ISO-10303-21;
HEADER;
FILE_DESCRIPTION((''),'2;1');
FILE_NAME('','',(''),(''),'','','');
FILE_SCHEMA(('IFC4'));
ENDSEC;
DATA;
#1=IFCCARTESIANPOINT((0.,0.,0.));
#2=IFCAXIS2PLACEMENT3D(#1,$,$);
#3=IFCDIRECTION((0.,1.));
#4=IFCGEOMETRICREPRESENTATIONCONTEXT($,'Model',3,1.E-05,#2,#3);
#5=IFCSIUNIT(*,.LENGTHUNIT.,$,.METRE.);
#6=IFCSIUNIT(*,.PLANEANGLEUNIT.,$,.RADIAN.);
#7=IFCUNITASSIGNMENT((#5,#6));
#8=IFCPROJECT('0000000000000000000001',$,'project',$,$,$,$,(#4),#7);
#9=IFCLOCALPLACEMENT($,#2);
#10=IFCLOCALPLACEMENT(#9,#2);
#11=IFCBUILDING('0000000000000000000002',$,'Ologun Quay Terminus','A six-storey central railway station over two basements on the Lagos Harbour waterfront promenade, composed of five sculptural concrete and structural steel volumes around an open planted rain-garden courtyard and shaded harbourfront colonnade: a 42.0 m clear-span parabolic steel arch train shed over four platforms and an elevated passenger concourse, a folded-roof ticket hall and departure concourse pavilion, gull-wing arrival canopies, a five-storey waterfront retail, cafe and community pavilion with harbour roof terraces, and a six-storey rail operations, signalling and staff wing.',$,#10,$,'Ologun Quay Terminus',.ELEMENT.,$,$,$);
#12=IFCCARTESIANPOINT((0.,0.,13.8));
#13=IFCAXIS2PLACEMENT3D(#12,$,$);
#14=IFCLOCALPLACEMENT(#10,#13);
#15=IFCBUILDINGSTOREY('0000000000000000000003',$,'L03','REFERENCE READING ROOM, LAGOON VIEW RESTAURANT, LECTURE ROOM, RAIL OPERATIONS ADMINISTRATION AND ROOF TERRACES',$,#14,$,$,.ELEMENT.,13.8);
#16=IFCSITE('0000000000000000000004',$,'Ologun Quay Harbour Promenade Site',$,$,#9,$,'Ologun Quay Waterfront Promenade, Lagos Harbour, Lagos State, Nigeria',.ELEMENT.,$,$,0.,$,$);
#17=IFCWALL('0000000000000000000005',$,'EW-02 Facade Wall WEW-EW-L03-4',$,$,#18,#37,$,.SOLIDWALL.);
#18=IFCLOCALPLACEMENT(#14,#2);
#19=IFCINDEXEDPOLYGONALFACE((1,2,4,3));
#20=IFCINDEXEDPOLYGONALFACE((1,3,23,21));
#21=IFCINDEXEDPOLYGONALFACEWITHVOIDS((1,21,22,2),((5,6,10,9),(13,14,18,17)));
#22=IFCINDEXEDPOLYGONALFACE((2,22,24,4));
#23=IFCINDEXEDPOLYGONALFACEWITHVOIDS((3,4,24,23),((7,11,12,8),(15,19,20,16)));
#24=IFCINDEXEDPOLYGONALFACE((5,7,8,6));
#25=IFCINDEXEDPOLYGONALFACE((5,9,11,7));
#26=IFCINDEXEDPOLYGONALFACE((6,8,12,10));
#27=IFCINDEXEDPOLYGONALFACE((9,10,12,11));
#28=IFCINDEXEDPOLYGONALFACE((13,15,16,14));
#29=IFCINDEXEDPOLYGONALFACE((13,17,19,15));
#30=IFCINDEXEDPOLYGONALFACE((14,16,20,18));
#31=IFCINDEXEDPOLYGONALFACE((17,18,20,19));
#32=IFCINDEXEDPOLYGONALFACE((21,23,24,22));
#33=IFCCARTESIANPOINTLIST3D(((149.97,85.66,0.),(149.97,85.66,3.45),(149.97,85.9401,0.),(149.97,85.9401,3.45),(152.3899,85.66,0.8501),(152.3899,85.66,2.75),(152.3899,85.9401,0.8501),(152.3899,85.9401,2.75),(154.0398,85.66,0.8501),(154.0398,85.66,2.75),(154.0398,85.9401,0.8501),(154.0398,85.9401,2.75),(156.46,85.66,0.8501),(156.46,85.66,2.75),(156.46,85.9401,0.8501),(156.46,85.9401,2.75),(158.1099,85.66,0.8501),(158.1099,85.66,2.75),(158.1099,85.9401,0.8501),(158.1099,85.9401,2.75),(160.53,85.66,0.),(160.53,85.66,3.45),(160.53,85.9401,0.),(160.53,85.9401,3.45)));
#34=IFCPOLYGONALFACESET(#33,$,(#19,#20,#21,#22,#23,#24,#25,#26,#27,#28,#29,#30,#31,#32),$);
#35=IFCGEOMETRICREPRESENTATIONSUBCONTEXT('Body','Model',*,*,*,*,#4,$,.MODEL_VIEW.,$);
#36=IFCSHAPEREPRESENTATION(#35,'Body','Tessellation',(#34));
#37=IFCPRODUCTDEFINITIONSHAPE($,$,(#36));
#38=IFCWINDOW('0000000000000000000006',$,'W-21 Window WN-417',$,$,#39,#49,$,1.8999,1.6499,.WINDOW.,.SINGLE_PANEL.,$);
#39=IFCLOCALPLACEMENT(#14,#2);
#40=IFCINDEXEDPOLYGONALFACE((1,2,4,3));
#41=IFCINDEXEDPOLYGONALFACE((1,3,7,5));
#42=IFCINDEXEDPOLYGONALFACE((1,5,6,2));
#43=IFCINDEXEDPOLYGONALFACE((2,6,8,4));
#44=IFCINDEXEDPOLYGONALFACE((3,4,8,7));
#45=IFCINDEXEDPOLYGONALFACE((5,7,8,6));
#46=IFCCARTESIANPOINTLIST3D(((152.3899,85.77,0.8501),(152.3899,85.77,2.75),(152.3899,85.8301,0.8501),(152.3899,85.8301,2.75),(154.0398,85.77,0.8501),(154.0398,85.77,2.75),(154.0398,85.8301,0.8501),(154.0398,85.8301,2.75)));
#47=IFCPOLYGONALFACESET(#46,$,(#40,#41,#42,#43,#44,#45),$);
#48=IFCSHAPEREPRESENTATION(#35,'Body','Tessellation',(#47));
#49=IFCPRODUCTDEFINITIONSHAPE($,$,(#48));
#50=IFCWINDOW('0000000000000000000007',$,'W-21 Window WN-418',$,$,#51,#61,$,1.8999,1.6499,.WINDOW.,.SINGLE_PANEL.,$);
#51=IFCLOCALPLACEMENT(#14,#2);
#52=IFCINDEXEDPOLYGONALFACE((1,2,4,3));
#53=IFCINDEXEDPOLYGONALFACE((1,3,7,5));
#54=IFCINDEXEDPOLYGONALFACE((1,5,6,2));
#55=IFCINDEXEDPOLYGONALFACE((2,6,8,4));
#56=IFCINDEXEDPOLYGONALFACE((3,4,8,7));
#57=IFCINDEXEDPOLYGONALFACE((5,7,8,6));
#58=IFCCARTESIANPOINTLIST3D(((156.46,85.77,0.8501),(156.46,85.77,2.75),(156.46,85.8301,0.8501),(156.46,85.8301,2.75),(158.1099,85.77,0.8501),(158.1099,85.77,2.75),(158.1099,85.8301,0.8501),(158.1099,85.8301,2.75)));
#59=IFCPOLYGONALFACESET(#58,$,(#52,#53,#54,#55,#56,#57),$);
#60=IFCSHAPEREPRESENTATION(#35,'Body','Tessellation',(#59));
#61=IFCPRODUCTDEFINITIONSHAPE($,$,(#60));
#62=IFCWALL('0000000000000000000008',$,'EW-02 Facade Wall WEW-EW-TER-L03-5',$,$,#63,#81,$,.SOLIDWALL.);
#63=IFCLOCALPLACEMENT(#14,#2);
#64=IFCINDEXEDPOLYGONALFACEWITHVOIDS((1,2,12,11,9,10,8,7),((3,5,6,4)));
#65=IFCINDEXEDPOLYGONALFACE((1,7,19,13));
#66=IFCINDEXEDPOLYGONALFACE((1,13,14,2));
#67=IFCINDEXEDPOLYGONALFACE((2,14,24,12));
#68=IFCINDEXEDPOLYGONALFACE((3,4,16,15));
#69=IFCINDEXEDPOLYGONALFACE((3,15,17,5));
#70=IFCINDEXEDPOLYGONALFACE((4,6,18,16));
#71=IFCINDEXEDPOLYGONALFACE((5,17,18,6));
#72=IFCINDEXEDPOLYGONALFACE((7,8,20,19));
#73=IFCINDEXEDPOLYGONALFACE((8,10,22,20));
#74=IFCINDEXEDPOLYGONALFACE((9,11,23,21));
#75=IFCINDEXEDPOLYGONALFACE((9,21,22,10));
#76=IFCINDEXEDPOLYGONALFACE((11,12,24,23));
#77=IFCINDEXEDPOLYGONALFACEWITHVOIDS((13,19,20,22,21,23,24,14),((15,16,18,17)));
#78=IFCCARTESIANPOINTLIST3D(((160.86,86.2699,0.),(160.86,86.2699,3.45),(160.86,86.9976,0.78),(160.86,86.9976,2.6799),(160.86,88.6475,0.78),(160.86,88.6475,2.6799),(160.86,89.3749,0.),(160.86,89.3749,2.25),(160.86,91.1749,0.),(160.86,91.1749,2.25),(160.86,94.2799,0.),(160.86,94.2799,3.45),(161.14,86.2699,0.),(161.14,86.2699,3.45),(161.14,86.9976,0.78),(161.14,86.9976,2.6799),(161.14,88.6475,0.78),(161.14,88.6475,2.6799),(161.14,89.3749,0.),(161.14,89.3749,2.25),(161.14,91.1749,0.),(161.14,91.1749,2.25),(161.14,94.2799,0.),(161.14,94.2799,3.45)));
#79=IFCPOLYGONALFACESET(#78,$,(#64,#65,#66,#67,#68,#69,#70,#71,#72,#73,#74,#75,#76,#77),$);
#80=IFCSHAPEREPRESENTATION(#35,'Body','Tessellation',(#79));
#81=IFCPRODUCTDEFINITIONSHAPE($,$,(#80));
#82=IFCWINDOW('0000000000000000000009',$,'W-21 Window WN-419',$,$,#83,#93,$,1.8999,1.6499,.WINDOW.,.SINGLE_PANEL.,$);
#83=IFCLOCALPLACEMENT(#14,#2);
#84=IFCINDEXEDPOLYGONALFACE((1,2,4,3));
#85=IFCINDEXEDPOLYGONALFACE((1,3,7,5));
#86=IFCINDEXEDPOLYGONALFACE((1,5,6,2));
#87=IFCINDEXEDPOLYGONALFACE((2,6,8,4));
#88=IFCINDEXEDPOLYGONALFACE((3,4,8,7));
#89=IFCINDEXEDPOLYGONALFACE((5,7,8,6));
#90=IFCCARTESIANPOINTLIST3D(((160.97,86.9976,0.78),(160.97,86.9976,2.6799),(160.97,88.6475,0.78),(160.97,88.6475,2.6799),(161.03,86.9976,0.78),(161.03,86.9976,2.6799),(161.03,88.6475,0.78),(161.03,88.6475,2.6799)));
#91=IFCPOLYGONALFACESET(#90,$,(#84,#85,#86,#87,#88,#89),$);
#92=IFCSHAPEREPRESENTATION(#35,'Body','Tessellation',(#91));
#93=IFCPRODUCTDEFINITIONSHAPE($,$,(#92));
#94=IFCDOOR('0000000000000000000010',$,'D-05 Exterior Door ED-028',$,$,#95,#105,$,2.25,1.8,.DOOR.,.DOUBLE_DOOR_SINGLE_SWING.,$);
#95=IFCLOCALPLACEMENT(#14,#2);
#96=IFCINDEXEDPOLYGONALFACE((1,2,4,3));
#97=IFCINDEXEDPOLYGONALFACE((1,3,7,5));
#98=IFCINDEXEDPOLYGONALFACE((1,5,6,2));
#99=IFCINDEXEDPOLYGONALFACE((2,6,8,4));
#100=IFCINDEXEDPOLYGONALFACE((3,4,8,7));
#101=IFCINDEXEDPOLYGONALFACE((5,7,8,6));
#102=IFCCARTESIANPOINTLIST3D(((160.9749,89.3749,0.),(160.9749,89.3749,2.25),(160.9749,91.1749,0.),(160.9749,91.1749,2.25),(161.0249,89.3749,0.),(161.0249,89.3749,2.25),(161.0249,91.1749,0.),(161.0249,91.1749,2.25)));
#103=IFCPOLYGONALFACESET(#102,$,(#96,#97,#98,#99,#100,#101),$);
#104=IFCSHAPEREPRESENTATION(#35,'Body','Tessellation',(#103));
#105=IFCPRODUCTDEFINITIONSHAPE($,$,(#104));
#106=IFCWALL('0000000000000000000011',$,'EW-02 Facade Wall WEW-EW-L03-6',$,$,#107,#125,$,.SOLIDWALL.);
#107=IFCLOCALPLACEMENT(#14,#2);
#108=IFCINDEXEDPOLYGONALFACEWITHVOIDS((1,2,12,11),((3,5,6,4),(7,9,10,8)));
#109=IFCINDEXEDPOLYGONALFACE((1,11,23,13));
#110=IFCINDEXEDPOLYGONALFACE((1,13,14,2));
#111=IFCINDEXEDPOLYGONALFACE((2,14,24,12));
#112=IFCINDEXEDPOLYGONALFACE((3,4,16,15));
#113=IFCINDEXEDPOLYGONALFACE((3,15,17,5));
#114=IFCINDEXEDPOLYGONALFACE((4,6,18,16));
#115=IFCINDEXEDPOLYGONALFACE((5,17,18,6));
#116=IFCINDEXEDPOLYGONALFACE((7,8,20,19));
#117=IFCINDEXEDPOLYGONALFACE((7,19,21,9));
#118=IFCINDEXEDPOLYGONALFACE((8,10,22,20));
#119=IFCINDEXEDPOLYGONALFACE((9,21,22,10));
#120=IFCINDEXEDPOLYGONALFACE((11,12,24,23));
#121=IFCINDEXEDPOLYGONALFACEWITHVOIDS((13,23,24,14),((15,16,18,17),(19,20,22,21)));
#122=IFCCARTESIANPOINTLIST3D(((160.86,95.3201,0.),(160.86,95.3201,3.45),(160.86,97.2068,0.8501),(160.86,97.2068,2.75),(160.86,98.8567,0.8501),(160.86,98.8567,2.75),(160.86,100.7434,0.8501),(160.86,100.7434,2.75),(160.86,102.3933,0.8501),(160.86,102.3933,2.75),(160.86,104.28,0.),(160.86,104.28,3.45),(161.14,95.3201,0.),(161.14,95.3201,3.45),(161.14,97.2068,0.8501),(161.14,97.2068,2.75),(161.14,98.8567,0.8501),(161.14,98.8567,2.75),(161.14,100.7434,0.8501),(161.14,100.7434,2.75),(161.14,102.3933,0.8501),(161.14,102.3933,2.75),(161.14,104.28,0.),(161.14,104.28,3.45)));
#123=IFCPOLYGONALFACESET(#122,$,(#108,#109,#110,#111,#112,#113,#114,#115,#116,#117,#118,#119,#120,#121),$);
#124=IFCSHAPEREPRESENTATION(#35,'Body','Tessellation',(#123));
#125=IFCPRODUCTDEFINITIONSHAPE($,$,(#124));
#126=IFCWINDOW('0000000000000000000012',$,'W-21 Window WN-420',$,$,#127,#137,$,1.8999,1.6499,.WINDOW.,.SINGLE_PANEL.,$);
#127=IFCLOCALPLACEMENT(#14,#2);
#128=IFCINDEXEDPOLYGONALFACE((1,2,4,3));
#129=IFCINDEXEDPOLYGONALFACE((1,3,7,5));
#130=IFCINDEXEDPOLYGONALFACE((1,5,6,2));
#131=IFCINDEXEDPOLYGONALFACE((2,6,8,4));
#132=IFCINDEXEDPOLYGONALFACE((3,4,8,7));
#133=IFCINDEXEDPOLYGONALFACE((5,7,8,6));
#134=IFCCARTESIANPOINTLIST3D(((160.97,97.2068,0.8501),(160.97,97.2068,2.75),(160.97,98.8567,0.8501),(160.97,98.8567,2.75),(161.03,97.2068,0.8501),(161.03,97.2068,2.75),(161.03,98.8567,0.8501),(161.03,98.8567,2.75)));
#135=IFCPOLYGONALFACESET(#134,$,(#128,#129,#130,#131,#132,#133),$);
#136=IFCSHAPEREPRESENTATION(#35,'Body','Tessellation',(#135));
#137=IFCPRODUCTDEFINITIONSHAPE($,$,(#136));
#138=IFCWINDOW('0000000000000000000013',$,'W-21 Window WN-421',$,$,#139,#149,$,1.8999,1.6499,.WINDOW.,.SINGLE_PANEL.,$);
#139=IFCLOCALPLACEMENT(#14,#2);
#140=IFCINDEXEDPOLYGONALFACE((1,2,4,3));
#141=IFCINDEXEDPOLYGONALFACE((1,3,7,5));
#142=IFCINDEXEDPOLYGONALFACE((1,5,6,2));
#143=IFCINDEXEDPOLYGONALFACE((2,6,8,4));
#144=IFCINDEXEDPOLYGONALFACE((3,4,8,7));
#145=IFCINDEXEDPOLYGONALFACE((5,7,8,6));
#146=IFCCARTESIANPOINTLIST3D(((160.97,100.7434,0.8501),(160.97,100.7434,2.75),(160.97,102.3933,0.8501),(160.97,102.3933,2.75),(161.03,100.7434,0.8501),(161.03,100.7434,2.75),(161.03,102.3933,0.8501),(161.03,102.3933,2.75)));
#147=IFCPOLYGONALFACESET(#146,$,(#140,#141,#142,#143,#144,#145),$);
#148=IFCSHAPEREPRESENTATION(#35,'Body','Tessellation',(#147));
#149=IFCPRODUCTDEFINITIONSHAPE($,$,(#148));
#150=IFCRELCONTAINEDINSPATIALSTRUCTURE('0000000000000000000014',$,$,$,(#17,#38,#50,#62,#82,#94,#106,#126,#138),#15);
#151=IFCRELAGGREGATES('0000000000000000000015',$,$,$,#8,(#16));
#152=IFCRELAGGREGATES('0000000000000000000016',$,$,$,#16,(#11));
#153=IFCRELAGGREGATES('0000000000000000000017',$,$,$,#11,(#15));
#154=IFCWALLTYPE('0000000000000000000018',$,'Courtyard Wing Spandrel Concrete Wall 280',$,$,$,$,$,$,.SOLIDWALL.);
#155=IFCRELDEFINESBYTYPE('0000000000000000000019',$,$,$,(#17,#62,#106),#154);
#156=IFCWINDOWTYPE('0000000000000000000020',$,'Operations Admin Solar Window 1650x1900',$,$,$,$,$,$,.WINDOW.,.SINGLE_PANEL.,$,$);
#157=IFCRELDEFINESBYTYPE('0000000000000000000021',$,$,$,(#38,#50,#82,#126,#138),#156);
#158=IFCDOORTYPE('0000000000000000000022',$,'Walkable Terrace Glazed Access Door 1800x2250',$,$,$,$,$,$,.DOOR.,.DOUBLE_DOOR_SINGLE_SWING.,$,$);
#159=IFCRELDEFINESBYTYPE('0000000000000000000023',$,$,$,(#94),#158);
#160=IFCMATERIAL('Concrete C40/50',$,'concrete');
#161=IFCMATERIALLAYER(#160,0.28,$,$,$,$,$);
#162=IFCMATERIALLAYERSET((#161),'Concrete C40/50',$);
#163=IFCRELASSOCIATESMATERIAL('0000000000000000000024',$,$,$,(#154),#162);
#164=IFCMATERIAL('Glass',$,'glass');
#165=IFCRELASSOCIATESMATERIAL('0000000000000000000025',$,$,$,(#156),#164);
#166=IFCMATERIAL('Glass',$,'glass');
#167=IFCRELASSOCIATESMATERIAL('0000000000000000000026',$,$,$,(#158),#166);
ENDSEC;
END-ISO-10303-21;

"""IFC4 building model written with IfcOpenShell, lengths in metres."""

from ifc_helpers import new_model, si_unit, direction, frame, frame_2d, origin, place, context, subcontext, project, spatial, rectangle, extrude, material, layer, layer_set, type_object, element, fill, save


model = new_model("IFC4")

# Units and contexts
model_context = context("Model", 3, precision=1e-05, world=origin(), true_north=direction((0.0, 1.0)))
body_context = subcontext(model_context, "Body", "Model", "MODEL_VIEW")
ifc_project = project(units=[si_unit("LENGTHUNIT", "METRE"), si_unit("PLANEANGLEUNIT", "RADIAN")], contexts=[model_context])

# Site, building, storey
site_placement = place(None, origin())
site = spatial("IfcSite", under=ifc_project, at=site_placement, Name="Ologun Quay Harbour Promenade Site", LongName="Ologun Quay Waterfront Promenade, Lagos Harbour, Lagos State, Nigeria", CompositionType="ELEMENT", RefElevation=0.0)
building_placement = place(site_placement, origin())
building = spatial("IfcBuilding", under=site, at=building_placement, Name="Ologun Quay Terminus", Description="A six-storey central railway station over two basements on the Lagos Harbour waterfront promenade, composed of five sculptural concrete and structural steel volumes around an open planted rain-garden courtyard and shaded harbourfront colonnade: a 42.0 m clear-span parabolic steel arch train shed over four platforms and an elevated passenger concourse, a folded-roof ticket hall and departure concourse pavilion, gull-wing arrival canopies, a five-storey waterfront retail, cafe and community pavilion with harbour roof terraces, and a six-storey rail operations, signalling and staff wing.", LongName="Ologun Quay Terminus", CompositionType="ELEMENT")
storey_placement = place(building_placement, frame((0.0, 0.0, 13.8)))
storey = spatial("IfcBuildingStorey", under=building, at=storey_placement, Name="L03", Description="REFERENCE READING ROOM, LAGOON VIEW RESTAURANT, LECTURE ROOM, RAIL OPERATIONS ADMINISTRATION AND ROOF TERRACES", CompositionType="ELEMENT", Elevation=13.8)

# Wall, openings, windows
ifc_material_1 = material(Name="Concrete C40/50", Category="concrete")
ifc_layer_1 = layer(ifc_material_1, 0.28)
ifc_layer_set_1 = layer_set([ifc_layer_1], Name="Concrete C40/50")
wall_type_1 = type_object("IfcWallType", Name="Courtyard Wing Spandrel Concrete Wall 280", PredefinedType="SOLIDWALL", material=ifc_layer_set_1)
wall_1_placement = place(storey_placement, frame((149.97, 85.8, 0.0), z_axis=(0.0, 0.0, 1.0), x_axis=(1.0, 0.0, 0.0)))
wall_1 = element("IfcWall", 1, at=wall_1_placement, inside=storey, type_object=wall_type_1, Name="EW-02 Facade Wall WEW-EW-L03-4", PredefinedType="SOLIDWALL", context=body_context, shape_type="SweptSolid", body=[
    extrude(rectangle(XDim=10.5601, YDim=0.28, at=frame_2d((5.28, 0.0))), origin(), (0.0, 0.0, 1.0), 3.45),
])
opening_1_placement = place(wall_1_placement, frame((2.4199, 0.0, 0.8501)))
opening_1 = element("IfcOpeningElement", 2, at=opening_1_placement, cuts=wall_1, PredefinedType="OPENING", context=body_context, shape_type="SweptSolid", body=[
    extrude(rectangle(XDim=1.6499, YDim=1.8999, at=frame_2d((0.825, 0.95))), frame((0.0, 0.1499, 0.0), z_axis=(0.0, -1.0, 0.0), x_axis=(1.0, 0.0, 0.0)), (0.0, 0.0, 1.0), 0.3),
])
opening_2_placement = place(wall_1_placement, frame((6.49, 0.0, 0.8501)))
opening_2 = element("IfcOpeningElement", 3, at=opening_2_placement, cuts=wall_1, PredefinedType="OPENING", context=body_context, shape_type="SweptSolid", body=[
    extrude(rectangle(XDim=1.6499, YDim=1.8999, at=frame_2d((0.825, 0.95))), frame((0.0, 0.1499, 0.0), z_axis=(0.0, -1.0, 0.0), x_axis=(1.0, 0.0, 0.0)), (0.0, 0.0, 1.0), 0.3),
])
ifc_material_2 = material(Name="Glass", Category="glass")
window_type = type_object("IfcWindowType", Name="Operations Admin Solar Window 1650x1900", PartitioningType="SINGLE_PANEL", PredefinedType="WINDOW", material=ifc_material_2)
window_1_placement = place(opening_1_placement, origin())
window_1 = element("IfcWindow", 4, at=window_1_placement, inside=storey, type_object=window_type, Name="W-21 Window WN-417", OverallHeight=1.8999, OverallWidth=1.6499, PartitioningType="SINGLE_PANEL", PredefinedType="WINDOW", context=body_context, shape_type="SweptSolid", body=[
    extrude(rectangle(XDim=1.6499, YDim=1.8999, at=frame_2d((0.825, 0.95))), frame((0.0, 0.03, 0.0), z_axis=(0.0, -1.0, 0.0), x_axis=(1.0, 0.0, 0.0)), (0.0, 0.0, 1.0), 0.0601),
])
fill(opening_1, window_1)
window_2_placement = place(opening_2_placement, origin())
window_2 = element("IfcWindow", 5, at=window_2_placement, inside=storey, type_object=window_type, Name="W-21 Window WN-418", OverallHeight=1.8999, OverallWidth=1.6499, PartitioningType="SINGLE_PANEL", PredefinedType="WINDOW", context=body_context, shape_type="SweptSolid", body=[
    extrude(rectangle(XDim=1.6499, YDim=1.8999, at=frame_2d((0.825, 0.95))), frame((0.0, 0.03, 0.0), z_axis=(0.0, -1.0, 0.0), x_axis=(1.0, 0.0, 0.0)), (0.0, 0.0, 1.0), 0.0601),
])
fill(opening_2, window_2)

# Wall, openings, window, door
wall_2_placement = place(storey_placement, frame((161.0, 86.27, 0.0), z_axis=(0.0, 0.0, 1.0), x_axis=(0.0, 1.0, 0.0)))
wall_2 = element("IfcWall", 6, at=wall_2_placement, inside=storey, type_object=wall_type_1, Name="EW-02 Facade Wall WEW-EW-TER-L03-5", PredefinedType="SOLIDWALL", context=body_context, shape_type="SweptSolid", body=[
    extrude(rectangle(XDim=8.01, YDim=0.28, at=frame_2d((4.0049, 0.0))), origin(), (0.0, 0.0, 1.0), 3.45),
])
opening_3_placement = place(wall_2_placement, frame((3.105, 0.0, 0.0)))
opening_3 = element("IfcOpeningElement", 7, at=opening_3_placement, cuts=wall_2, PredefinedType="OPENING", context=body_context, shape_type="SweptSolid", body=[
    extrude(rectangle(XDim=1.8, YDim=2.25, at=frame_2d((0.8999, 1.125))), frame((0.0, 0.1499, 0.0), z_axis=(0.0, -1.0, 0.0), x_axis=(1.0, 0.0, 0.0)), (0.0, 0.0, 1.0), 0.3),
])
opening_4_placement = place(wall_2_placement, frame((0.7275, 0.0, 0.78)))
opening_4 = element("IfcOpeningElement", 8, at=opening_4_placement, cuts=wall_2, PredefinedType="OPENING", context=body_context, shape_type="SweptSolid", body=[
    extrude(rectangle(XDim=1.6499, YDim=1.8999, at=frame_2d((0.825, 0.95))), frame((0.0, 0.1499, 0.0), z_axis=(0.0, -1.0, 0.0), x_axis=(1.0, 0.0, 0.0)), (0.0, 0.0, 1.0), 0.3),
])
window_3_placement = place(opening_4_placement, origin())
window_3 = element("IfcWindow", 9, at=window_3_placement, inside=storey, type_object=window_type, Name="W-21 Window WN-419", OverallHeight=1.8999, OverallWidth=1.6499, PartitioningType="SINGLE_PANEL", PredefinedType="WINDOW", context=body_context, shape_type="SweptSolid", body=[
    extrude(rectangle(XDim=1.6499, YDim=1.8999, at=frame_2d((0.825, 0.95))), frame((0.0, 0.03, 0.0), z_axis=(0.0, -1.0, 0.0), x_axis=(1.0, 0.0, 0.0)), (0.0, 0.0, 1.0), 0.0601),
])
fill(opening_4, window_3)
ifc_material_3 = material(Name="Glass", Category="glass")
door_type_1 = type_object("IfcDoorType", Name="Walkable Terrace Glazed Access Door 1800x2250", OperationType="DOUBLE_DOOR_SINGLE_SWING", PredefinedType="DOOR", material=ifc_material_3)
door_1_placement = place(opening_3_placement, frame((0.8999, 0.0, 0.0), z_axis=(0.0, 0.0, 1.0), x_axis=(-1.0, 0.0, 0.0)))
door_1 = element("IfcDoor", 10, at=door_1_placement, inside=storey, type_object=door_type_1, Name="D-05 Exterior Door ED-028", OperationType="DOUBLE_DOOR_SINGLE_SWING", OverallHeight=2.25, OverallWidth=1.8, PredefinedType="DOOR", context=body_context, shape_type="SweptSolid", body=[
    extrude(rectangle(XDim=1.8, YDim=2.25, at=frame_2d((0.0, 1.125))), frame((0.0, 0.0249, 0.0), z_axis=(0.0, -1.0, 0.0), x_axis=(1.0, 0.0, 0.0)), (0.0, 0.0, 1.0), 0.05),
])
fill(opening_3, door_1)

# Wall, openings, windows
wall_3_placement = place(storey_placement, frame((161.0, 95.3201, 0.0), z_axis=(0.0, 0.0, 1.0), x_axis=(0.0, 1.0, 0.0)))
wall_3 = element("IfcWall", 11, at=wall_3_placement, inside=storey, type_object=wall_type_1, Name="EW-02 Facade Wall WEW-EW-L03-6", PredefinedType="SOLIDWALL", context=body_context, shape_type="SweptSolid", body=[
    extrude(rectangle(XDim=8.96, YDim=0.28, at=frame_2d((4.48, 0.0))), origin(), (0.0, 0.0, 1.0), 3.45),
])
opening_5_placement = place(wall_3_placement, frame((1.8867, 0.0, 0.8501)))
opening_5 = element("IfcOpeningElement", 12, at=opening_5_placement, cuts=wall_3, PredefinedType="OPENING", context=body_context, shape_type="SweptSolid", body=[
    extrude(rectangle(XDim=1.6499, YDim=1.8999, at=frame_2d((0.825, 0.95))), frame((0.0, 0.1499, 0.0), z_axis=(0.0, -1.0, 0.0), x_axis=(1.0, 0.0, 0.0)), (0.0, 0.0, 1.0), 0.3),
])
opening_6_placement = place(wall_3_placement, frame((5.4233, 0.0, 0.8501)))
opening_6 = element("IfcOpeningElement", 13, at=opening_6_placement, cuts=wall_3, PredefinedType="OPENING", context=body_context, shape_type="SweptSolid", body=[
    extrude(rectangle(XDim=1.6499, YDim=1.8999, at=frame_2d((0.825, 0.95))), frame((0.0, 0.1499, 0.0), z_axis=(0.0, -1.0, 0.0), x_axis=(1.0, 0.0, 0.0)), (0.0, 0.0, 1.0), 0.3),
])
window_4_placement = place(opening_5_placement, origin())
window_4 = element("IfcWindow", 14, at=window_4_placement, inside=storey, type_object=window_type, Name="W-21 Window WN-420", OverallHeight=1.8999, OverallWidth=1.6499, PartitioningType="SINGLE_PANEL", PredefinedType="WINDOW", context=body_context, shape_type="SweptSolid", body=[
    extrude(rectangle(XDim=1.6499, YDim=1.8999, at=frame_2d((0.825, 0.95))), frame((0.0, 0.03, 0.0), z_axis=(0.0, -1.0, 0.0), x_axis=(1.0, 0.0, 0.0)), (0.0, 0.0, 1.0), 0.0601),
])
fill(opening_5, window_4)
window_5_placement = place(opening_6_placement, origin())
window_5 = element("IfcWindow", 15, at=window_5_placement, inside=storey, type_object=window_type, Name="W-21 Window WN-421", OverallHeight=1.8999, OverallWidth=1.6499, PartitioningType="SINGLE_PANEL", PredefinedType="WINDOW", context=body_context, shape_type="SweptSolid", body=[
    extrude(rectangle(XDim=1.6499, YDim=1.8999, at=frame_2d((0.825, 0.95))), frame((0.0, 0.03, 0.0), z_axis=(0.0, -1.0, 0.0), x_axis=(1.0, 0.0, 0.0)), (0.0, 0.0, 1.0), 0.0601),
])
fill(opening_6, window_5)

save(model, "model.ifc")
